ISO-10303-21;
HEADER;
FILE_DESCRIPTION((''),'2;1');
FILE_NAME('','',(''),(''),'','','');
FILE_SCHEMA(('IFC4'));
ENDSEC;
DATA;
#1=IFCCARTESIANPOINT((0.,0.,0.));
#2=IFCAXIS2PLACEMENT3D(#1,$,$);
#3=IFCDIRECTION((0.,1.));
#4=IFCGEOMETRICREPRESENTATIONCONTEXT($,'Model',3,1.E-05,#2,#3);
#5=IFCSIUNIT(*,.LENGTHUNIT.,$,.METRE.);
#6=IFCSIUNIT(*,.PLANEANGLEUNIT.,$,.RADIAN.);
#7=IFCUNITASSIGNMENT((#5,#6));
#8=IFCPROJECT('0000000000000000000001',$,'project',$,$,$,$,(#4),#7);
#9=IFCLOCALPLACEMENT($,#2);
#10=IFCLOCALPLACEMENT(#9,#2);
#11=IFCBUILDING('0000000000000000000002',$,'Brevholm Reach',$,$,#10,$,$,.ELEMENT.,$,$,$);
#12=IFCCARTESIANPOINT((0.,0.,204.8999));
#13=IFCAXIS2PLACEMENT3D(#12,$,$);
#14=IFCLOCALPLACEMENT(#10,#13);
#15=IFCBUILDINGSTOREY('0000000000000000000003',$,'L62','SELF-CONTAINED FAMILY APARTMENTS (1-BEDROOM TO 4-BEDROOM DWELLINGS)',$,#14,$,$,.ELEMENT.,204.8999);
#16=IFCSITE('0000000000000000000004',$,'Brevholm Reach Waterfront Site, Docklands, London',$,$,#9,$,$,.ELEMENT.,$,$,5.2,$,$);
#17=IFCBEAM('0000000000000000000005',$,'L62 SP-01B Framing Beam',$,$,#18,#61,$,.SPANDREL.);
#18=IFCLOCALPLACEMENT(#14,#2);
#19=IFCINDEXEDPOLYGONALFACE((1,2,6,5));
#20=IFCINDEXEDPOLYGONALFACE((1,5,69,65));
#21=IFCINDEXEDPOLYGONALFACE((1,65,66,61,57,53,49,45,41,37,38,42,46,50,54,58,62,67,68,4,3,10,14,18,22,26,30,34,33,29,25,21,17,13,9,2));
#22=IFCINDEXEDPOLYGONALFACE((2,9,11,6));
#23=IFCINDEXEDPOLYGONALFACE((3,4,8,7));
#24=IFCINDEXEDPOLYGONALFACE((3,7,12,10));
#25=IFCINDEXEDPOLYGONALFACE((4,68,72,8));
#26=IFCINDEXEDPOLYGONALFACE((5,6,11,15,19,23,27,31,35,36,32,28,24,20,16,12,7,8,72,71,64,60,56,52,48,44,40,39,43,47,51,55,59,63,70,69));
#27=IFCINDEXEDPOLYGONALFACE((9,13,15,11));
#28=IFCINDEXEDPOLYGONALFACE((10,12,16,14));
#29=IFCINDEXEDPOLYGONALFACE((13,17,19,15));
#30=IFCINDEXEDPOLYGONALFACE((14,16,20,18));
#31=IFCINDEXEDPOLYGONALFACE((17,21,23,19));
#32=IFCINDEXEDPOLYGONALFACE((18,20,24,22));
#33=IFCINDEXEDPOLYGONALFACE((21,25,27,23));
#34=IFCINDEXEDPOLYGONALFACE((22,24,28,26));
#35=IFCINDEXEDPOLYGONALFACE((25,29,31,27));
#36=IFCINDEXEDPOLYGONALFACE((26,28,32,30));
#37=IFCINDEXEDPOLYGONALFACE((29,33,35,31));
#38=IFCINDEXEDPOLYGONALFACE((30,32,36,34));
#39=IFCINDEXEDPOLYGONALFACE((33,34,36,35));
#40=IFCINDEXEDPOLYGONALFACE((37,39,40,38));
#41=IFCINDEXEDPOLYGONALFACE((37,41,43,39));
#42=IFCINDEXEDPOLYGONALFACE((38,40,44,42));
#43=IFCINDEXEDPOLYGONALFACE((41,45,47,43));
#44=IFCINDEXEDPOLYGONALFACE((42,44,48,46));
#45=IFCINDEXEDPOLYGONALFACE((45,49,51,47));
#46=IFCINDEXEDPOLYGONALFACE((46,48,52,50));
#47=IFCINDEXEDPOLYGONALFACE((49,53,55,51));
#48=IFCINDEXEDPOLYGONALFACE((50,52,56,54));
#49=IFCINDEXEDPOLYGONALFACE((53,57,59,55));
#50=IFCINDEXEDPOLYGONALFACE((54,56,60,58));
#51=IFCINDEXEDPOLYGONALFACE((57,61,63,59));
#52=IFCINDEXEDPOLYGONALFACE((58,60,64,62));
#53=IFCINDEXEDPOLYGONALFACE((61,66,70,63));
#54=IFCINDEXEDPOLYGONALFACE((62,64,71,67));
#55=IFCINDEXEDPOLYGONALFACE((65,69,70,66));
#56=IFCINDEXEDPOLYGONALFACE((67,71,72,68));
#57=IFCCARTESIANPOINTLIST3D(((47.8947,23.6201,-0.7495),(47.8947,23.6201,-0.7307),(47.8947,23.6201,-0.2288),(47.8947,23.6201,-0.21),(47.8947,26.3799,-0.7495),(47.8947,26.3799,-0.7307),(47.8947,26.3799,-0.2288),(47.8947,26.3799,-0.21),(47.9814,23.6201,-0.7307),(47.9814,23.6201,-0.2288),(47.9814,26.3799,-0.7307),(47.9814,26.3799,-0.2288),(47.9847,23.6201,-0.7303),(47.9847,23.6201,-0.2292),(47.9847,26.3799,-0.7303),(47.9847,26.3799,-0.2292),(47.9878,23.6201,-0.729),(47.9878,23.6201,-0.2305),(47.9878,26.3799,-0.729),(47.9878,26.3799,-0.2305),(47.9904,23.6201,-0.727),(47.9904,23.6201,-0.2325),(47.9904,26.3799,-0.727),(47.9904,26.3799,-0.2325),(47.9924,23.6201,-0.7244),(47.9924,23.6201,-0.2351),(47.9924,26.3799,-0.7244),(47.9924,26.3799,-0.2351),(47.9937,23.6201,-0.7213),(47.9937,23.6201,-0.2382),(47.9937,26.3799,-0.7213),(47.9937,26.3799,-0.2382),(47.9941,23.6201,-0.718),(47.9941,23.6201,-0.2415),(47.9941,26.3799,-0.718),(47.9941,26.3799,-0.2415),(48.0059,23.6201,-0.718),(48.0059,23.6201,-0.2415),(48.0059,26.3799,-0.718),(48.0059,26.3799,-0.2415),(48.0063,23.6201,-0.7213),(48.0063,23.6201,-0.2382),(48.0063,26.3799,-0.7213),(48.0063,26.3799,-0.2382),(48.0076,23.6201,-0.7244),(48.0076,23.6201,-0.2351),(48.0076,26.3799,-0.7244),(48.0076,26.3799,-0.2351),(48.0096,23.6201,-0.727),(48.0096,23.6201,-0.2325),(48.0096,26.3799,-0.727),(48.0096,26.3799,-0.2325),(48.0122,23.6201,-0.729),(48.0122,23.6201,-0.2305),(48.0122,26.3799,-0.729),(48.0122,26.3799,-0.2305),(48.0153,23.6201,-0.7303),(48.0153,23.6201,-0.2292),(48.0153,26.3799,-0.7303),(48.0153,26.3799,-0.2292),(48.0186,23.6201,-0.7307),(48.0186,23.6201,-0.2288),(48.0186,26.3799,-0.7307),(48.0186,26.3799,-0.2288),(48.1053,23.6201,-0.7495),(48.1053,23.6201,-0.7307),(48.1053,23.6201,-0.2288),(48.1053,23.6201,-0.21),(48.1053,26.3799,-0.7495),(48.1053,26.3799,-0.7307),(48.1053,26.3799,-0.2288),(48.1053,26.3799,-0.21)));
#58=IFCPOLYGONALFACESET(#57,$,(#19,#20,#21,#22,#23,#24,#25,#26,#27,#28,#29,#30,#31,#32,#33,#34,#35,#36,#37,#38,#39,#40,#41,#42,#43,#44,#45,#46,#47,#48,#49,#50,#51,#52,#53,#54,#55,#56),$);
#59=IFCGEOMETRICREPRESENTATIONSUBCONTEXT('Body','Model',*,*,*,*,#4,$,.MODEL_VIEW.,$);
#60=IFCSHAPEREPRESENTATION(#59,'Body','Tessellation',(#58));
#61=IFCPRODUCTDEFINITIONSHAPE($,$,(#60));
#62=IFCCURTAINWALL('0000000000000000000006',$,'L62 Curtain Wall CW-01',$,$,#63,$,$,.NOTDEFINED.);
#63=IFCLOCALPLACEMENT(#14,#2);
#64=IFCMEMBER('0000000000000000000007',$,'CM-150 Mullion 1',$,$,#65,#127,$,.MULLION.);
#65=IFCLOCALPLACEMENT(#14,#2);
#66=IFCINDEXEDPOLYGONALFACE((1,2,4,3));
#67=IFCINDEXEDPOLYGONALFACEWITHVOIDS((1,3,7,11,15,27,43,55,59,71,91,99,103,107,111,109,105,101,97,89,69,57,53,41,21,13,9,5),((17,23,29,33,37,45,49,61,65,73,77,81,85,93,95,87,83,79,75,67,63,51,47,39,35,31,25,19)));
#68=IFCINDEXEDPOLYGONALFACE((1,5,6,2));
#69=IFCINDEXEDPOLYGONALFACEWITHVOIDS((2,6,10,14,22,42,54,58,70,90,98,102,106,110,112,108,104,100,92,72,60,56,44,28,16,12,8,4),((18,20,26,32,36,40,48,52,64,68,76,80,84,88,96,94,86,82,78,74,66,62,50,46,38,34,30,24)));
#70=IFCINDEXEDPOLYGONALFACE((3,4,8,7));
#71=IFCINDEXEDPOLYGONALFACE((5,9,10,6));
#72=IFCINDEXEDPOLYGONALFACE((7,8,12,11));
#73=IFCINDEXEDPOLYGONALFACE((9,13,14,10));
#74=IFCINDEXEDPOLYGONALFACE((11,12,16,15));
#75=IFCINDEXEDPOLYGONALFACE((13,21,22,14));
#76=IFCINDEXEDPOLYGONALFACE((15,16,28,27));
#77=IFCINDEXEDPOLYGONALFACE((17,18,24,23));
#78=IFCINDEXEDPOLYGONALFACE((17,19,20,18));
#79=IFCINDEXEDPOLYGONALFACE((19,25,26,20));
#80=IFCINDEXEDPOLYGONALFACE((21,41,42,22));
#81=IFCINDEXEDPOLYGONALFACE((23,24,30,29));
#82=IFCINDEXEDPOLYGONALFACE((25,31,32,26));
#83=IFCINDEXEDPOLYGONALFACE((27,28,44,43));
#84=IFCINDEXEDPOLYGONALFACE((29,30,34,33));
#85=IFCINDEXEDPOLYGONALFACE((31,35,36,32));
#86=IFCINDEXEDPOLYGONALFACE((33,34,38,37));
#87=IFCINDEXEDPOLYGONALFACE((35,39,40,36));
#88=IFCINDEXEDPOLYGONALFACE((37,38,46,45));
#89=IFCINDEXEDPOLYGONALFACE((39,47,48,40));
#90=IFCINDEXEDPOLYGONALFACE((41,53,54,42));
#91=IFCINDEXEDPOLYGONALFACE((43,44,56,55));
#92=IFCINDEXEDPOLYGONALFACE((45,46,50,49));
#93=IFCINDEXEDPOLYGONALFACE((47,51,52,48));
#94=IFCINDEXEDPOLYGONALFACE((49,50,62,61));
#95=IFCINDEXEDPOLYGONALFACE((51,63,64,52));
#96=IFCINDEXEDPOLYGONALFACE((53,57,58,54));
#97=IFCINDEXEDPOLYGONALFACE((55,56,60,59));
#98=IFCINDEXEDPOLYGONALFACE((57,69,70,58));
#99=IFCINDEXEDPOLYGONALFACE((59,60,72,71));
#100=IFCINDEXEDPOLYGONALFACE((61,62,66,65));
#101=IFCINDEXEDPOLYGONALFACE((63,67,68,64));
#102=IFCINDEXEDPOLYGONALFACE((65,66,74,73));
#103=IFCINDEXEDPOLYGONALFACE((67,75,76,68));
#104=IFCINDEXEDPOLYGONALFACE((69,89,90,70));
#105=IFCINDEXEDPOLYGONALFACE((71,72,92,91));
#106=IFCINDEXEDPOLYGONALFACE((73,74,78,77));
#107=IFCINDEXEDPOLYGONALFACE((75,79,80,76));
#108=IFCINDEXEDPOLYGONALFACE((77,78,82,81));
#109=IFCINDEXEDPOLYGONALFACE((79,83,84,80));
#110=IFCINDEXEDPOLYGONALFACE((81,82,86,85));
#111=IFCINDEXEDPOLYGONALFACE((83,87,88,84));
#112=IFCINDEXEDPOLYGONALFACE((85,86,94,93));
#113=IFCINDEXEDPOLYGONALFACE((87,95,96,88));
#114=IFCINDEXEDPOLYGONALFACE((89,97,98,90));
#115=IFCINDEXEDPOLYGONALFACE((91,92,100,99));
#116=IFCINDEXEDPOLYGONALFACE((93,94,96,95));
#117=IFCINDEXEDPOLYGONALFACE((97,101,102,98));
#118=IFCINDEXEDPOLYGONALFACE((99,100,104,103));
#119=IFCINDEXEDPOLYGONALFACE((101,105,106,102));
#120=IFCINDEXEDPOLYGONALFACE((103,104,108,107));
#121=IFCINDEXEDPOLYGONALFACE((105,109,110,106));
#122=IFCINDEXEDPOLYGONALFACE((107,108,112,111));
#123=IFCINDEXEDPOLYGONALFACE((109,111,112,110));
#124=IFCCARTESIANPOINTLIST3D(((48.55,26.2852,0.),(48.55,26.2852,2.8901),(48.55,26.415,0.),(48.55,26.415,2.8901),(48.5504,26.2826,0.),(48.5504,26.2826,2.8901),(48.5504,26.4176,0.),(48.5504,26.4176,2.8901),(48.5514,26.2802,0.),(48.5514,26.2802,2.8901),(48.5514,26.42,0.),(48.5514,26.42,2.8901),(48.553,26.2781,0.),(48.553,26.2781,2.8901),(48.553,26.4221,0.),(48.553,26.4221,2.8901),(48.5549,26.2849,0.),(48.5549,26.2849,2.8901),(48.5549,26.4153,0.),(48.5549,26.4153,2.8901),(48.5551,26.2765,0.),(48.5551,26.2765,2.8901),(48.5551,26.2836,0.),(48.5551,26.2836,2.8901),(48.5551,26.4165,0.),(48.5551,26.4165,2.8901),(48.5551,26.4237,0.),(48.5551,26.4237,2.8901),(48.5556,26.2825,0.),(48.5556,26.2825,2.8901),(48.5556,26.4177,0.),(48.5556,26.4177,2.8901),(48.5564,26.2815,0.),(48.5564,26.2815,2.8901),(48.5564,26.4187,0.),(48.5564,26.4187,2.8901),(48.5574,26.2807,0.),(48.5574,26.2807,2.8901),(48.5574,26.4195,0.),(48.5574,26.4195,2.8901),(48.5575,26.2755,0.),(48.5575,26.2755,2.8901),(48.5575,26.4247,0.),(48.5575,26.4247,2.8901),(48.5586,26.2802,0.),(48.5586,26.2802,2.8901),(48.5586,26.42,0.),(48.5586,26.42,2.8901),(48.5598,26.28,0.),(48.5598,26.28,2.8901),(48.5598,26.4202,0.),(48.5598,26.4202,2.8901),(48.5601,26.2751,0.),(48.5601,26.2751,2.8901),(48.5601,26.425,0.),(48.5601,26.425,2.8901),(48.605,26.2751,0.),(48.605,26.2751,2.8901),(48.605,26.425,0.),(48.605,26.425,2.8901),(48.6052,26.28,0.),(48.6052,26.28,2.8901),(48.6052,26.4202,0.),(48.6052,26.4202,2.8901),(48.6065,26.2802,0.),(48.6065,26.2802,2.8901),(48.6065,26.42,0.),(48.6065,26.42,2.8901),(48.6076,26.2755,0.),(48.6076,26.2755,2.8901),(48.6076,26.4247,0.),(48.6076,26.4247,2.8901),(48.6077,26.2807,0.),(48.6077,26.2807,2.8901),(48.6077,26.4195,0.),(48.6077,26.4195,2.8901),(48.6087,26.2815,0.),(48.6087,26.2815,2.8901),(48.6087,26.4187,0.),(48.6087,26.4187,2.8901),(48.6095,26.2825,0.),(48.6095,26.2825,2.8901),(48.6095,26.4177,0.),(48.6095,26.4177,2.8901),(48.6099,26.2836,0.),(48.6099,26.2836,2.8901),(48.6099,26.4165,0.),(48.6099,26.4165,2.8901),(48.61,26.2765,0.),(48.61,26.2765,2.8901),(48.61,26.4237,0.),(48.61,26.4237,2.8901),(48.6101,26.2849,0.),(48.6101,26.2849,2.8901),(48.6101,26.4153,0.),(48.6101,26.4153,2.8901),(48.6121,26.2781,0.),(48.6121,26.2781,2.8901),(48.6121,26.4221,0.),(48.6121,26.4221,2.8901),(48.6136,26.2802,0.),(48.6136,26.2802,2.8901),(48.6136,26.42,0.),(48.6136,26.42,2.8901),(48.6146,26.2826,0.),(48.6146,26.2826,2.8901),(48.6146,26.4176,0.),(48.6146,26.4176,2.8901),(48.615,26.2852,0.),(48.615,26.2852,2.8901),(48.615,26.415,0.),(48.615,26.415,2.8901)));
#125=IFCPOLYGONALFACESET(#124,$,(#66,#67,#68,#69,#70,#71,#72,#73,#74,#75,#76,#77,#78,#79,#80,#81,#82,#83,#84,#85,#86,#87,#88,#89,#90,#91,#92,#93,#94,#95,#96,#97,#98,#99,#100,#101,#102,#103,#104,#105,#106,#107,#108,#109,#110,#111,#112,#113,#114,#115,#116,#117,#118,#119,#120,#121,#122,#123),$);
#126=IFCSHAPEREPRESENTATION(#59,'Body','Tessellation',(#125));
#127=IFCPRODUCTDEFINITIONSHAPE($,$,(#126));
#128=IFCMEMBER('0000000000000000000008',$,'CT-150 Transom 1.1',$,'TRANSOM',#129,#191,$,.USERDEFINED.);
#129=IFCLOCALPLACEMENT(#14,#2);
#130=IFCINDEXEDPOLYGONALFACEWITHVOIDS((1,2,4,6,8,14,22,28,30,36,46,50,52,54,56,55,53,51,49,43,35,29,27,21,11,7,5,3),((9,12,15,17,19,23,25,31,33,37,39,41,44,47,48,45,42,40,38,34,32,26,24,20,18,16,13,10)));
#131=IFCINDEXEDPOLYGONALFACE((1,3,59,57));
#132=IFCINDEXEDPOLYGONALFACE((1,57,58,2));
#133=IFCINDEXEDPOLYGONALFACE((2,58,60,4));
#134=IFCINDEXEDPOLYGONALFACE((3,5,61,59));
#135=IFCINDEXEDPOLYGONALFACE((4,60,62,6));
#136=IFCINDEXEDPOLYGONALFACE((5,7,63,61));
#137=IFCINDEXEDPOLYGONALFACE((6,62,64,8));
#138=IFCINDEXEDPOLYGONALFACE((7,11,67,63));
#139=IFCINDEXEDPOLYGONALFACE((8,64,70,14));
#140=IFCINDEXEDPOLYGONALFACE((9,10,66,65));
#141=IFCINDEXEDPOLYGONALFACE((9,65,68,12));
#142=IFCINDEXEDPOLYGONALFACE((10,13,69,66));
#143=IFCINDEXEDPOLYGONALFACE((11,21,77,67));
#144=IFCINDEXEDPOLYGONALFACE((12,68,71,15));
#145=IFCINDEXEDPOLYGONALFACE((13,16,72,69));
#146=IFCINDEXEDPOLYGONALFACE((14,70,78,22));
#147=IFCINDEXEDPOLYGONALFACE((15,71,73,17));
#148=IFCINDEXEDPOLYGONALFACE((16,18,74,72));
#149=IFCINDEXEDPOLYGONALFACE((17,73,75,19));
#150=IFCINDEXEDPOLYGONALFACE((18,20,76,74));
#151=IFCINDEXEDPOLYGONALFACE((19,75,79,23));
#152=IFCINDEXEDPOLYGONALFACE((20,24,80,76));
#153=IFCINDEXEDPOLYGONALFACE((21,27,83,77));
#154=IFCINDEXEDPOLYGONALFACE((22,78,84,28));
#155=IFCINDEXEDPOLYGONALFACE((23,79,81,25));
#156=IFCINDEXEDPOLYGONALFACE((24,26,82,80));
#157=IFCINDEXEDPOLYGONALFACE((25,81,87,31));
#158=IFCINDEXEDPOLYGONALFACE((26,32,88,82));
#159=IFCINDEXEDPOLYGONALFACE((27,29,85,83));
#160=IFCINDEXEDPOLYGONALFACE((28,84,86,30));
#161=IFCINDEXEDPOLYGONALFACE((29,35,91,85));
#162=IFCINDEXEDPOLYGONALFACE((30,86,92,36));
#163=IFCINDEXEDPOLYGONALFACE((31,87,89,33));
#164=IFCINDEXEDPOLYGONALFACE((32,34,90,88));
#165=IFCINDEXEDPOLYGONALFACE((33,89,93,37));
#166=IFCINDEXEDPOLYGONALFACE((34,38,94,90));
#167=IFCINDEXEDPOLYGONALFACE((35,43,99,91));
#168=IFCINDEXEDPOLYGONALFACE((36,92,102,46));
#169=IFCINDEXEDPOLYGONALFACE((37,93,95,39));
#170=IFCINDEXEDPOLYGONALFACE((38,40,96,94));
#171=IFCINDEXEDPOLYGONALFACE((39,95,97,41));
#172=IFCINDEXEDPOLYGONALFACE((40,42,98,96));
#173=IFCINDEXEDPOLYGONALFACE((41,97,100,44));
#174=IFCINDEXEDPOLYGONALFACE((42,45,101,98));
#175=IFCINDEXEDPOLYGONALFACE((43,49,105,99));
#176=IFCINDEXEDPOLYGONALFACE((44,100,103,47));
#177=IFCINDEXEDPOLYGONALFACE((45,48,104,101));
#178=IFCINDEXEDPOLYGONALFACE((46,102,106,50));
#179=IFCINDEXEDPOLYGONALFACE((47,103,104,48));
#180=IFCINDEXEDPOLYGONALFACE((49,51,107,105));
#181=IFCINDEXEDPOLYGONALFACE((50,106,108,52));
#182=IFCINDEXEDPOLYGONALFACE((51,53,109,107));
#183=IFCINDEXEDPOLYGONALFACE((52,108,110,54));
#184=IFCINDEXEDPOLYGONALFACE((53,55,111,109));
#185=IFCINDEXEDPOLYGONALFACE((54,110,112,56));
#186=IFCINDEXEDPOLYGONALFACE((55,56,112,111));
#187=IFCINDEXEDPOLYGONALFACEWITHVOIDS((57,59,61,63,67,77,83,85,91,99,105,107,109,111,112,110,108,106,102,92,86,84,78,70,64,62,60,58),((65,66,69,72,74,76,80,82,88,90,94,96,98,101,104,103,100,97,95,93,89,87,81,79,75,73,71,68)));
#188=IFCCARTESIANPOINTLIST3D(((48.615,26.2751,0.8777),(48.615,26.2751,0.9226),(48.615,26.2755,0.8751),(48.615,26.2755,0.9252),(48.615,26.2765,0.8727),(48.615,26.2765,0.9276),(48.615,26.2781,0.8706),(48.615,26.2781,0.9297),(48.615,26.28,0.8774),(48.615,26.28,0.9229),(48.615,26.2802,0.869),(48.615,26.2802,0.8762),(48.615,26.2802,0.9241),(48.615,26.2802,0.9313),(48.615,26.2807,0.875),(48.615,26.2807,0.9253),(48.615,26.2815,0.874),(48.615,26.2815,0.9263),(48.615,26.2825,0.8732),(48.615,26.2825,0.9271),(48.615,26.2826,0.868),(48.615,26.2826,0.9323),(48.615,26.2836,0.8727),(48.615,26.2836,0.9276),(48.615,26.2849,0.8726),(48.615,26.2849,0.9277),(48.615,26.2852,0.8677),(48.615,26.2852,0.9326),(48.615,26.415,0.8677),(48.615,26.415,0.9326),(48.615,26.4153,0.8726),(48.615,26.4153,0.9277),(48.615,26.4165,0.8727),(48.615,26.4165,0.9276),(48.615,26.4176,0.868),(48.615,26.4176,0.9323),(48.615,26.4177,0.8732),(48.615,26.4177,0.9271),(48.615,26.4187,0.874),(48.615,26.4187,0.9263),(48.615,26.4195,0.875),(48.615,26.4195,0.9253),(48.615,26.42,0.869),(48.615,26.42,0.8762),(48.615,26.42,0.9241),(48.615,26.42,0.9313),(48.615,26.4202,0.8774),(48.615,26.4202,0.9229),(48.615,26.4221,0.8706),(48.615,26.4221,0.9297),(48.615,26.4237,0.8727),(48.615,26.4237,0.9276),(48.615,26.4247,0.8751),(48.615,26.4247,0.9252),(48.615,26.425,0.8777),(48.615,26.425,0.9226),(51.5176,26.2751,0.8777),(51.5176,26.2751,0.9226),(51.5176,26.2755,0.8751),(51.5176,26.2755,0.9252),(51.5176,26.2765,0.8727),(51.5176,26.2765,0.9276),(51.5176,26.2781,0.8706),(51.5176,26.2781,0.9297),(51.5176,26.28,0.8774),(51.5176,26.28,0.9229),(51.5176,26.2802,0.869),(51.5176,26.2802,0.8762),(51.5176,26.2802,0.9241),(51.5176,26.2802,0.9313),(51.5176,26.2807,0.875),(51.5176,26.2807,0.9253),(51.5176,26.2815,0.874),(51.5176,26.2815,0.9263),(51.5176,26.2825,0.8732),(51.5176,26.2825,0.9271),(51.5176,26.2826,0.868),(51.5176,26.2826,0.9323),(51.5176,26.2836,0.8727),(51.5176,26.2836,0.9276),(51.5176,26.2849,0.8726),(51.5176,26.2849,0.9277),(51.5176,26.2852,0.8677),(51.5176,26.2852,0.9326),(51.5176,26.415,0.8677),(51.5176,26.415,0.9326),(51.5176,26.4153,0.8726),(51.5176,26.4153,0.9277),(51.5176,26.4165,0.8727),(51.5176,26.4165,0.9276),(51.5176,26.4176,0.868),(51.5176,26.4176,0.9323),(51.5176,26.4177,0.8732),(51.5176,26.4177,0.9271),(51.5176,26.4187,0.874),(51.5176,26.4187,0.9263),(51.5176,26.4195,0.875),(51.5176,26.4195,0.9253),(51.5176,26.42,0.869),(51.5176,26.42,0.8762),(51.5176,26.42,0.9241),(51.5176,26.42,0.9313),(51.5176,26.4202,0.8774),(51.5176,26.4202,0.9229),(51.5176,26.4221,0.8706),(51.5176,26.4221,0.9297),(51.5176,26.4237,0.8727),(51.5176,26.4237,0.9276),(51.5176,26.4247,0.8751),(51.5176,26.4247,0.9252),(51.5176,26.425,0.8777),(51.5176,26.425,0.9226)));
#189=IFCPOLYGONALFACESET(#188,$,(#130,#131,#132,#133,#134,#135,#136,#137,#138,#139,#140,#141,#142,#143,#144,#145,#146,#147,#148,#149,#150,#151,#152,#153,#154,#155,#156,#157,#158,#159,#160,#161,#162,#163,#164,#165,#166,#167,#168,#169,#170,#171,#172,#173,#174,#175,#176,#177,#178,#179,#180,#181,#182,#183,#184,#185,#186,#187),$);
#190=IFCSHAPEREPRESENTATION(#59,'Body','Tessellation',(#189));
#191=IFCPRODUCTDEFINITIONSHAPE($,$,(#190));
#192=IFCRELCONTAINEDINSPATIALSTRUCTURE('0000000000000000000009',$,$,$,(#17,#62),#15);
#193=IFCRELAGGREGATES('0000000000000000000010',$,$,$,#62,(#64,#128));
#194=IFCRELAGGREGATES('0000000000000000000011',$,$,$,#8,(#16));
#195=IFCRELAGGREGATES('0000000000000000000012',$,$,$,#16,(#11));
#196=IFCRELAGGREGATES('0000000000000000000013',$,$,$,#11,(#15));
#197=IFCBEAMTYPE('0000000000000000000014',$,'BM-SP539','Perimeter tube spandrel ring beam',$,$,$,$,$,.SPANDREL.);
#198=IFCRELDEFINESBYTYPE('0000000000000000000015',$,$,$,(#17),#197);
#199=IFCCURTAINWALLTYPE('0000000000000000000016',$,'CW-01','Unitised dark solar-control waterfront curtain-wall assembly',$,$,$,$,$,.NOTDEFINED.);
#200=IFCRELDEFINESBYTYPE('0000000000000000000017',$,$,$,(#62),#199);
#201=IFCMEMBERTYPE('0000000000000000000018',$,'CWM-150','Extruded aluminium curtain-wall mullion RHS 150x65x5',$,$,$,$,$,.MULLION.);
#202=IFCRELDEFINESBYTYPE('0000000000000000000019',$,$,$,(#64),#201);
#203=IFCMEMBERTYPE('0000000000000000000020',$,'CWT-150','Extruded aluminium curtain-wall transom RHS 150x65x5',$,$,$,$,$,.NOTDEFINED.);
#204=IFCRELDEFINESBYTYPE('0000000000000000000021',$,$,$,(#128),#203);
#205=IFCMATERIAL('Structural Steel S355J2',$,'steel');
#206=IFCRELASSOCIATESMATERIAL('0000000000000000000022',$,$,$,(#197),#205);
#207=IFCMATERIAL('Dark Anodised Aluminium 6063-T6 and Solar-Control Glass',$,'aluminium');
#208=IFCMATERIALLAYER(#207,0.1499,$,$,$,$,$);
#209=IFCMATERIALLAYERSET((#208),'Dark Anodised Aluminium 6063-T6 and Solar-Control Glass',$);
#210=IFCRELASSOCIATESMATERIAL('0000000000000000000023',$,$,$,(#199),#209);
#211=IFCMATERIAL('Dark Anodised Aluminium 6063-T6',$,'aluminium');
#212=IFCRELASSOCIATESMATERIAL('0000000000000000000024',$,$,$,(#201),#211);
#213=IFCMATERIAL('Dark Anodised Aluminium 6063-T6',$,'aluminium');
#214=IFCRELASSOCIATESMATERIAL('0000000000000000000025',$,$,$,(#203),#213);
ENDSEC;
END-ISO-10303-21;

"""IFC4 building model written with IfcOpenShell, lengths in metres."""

from ifc_helpers import new_model, si_unit, direction, frame, origin, origin_2d, place, context, subcontext, project, spatial, hollow_rectangle, i_section, extrude, material, layer, layer_set, material_profile, profile_set, type_object, element, aggregate, save


model = new_model("IFC4")

# Units and contexts
model_context = context("Model", 3, precision=1e-05, world=origin(), true_north=direction((0.0, 1.0)))
body_context = subcontext(model_context, "Body", "Model", "MODEL_VIEW")
ifc_project = project(units=[si_unit("LENGTHUNIT", "METRE"), si_unit("PLANEANGLEUNIT", "RADIAN")], contexts=[model_context])

# Site, building, storey
site_placement = place(None, origin())
site = spatial("IfcSite", under=ifc_project, at=site_placement, Name="Brevholm Reach Waterfront Site, Docklands, London", CompositionType="ELEMENT", RefElevation=5.2)
building_placement = place(site_placement, origin())
building = spatial("IfcBuilding", under=site, at=building_placement, Name="Brevholm Reach", CompositionType="ELEMENT")
storey_placement = place(building_placement, frame((0.0, 0.0, 204.8999)))
storey = spatial("IfcBuildingStorey", under=building, at=storey_placement, Name="L62", Description="SELF-CONTAINED FAMILY APARTMENTS (1-BEDROOM TO 4-BEDROOM DWELLINGS)", CompositionType="ELEMENT", Elevation=204.8999)

# Beam
ifc_material_1 = material(Name="Structural Steel S355J2", Category="steel")
ifc_material_profile_1 = material_profile(ifc_material_1, i_section(OverallWidth=0.2107, OverallDepth=0.5396, WebThickness=0.0117, FlangeThickness=0.0188, FilletRadius=0.0127, at=origin_2d()), Name="UKB 533x210x109")
ifc_profile_set_1 = profile_set([ifc_material_profile_1], Name="Structural Steel S355J2")
beam_type_1 = type_object("IfcBeamType", Name="BM-SP539", Description="Perimeter tube spandrel ring beam", PredefinedType="SPANDREL", material=ifc_profile_set_1)
beam_1_placement = place(storey_placement, frame((48.0, 23.6201, -0.4797), z_axis=(0.0, 1.0, 0.0), x_axis=(-1.0, 0.0, 0.0)))
element("IfcBeam", 1, at=beam_1_placement, inside=storey, type_object=beam_type_1, Name="L62 SP-01B Framing Beam", PredefinedType="SPANDREL", context=body_context, shape_type="SweptSolid", body=[
    extrude(i_section(OverallWidth=0.2107, OverallDepth=0.5396, WebThickness=0.0117, FlangeThickness=0.0188, FilletRadius=0.0127, at=origin_2d()), origin(), (0.0, 0.0, 1.0), 2.7598),
])

# Curtain wall, members
ifc_material_2 = material(Name="Dark Anodised Aluminium 6063-T6 and Solar-Control Glass", Category="aluminium")
ifc_layer_1 = layer(ifc_material_2, 0.1499)
ifc_layer_set_1 = layer_set([ifc_layer_1], Name="Dark Anodised Aluminium 6063-T6 and Solar-Control Glass")
curtain_wall_type = type_object("IfcCurtainWallType", Name="CW-01", Description="Unitised dark solar-control waterfront curtain-wall assembly", PredefinedType="NOTDEFINED", material=ifc_layer_set_1)
curtain_wall_placement = place(storey_placement, origin())
curtain_wall = element("IfcCurtainWall", 2, at=curtain_wall_placement, inside=storey, type_object=curtain_wall_type, Name="L62 Curtain Wall CW-01", PredefinedType="NOTDEFINED")
ifc_material_3 = material(Name="Dark Anodised Aluminium 6063-T6", Category="aluminium")
ifc_material_profile_2 = material_profile(ifc_material_3, hollow_rectangle(XDim=0.0649, YDim=0.1499, WallThickness=0.0049, InnerFilletRadius=0.0049, OuterFilletRadius=0.01, at=origin_2d()), Name="RHS 150x65x5")
ifc_profile_set_2 = profile_set([ifc_material_profile_2], Name="Dark Anodised Aluminium 6063-T6")
member_type_1 = type_object("IfcMemberType", Name="CWM-150", Description="Extruded aluminium curtain-wall mullion RHS 150x65x5", PredefinedType="MULLION", material=ifc_profile_set_2)
member_1_placement = place(storey_placement, frame((48.5825, 26.3501, 0.0), z_axis=(0.0, 0.0, 1.0), x_axis=(1.0, 0.0, 0.0)))
member_1 = element("IfcMember", 3, at=member_1_placement, type_object=member_type_1, Name="CM-150 Mullion 1", PredefinedType="MULLION", context=body_context, shape_type="SweptSolid", body=[
    extrude(hollow_rectangle(XDim=0.0649, YDim=0.1499, WallThickness=0.0049, InnerFilletRadius=0.0049, OuterFilletRadius=0.01, at=origin_2d()), origin(), (0.0, 0.0, 1.0), 2.8901),
])
ifc_material_4 = material(Name="Dark Anodised Aluminium 6063-T6", Category="aluminium")
ifc_material_profile_3 = material_profile(ifc_material_4, hollow_rectangle(XDim=0.0649, YDim=0.1499, WallThickness=0.0049, InnerFilletRadius=0.0049, OuterFilletRadius=0.01, at=origin_2d()), Name="RHS 150x65x5")
ifc_profile_set_3 = profile_set([ifc_material_profile_3], Name="Dark Anodised Aluminium 6063-T6")
member_type_2 = type_object("IfcMemberType", Name="CWT-150", Description="Extruded aluminium curtain-wall transom RHS 150x65x5", PredefinedType="NOTDEFINED", material=ifc_profile_set_3)
member_2_placement = place(storey_placement, frame((48.615, 26.3501, 0.9001), z_axis=(1.0, 0.0, 0.0), x_axis=(0.0, 0.0, 1.0)))
member_2 = element("IfcMember", 4, at=member_2_placement, type_object=member_type_2, Name="CT-150 Transom 1.1", ObjectType="TRANSOM", PredefinedType="USERDEFINED", context=body_context, shape_type="SweptSolid", body=[
    extrude(hollow_rectangle(XDim=0.0649, YDim=0.1499, WallThickness=0.0049, InnerFilletRadius=0.0049, OuterFilletRadius=0.01, at=origin_2d()), origin(), (0.0, 0.0, 1.0), 2.9026),
])
aggregate(curtain_wall, [member_1, member_2])

save(model, "model.ifc")
